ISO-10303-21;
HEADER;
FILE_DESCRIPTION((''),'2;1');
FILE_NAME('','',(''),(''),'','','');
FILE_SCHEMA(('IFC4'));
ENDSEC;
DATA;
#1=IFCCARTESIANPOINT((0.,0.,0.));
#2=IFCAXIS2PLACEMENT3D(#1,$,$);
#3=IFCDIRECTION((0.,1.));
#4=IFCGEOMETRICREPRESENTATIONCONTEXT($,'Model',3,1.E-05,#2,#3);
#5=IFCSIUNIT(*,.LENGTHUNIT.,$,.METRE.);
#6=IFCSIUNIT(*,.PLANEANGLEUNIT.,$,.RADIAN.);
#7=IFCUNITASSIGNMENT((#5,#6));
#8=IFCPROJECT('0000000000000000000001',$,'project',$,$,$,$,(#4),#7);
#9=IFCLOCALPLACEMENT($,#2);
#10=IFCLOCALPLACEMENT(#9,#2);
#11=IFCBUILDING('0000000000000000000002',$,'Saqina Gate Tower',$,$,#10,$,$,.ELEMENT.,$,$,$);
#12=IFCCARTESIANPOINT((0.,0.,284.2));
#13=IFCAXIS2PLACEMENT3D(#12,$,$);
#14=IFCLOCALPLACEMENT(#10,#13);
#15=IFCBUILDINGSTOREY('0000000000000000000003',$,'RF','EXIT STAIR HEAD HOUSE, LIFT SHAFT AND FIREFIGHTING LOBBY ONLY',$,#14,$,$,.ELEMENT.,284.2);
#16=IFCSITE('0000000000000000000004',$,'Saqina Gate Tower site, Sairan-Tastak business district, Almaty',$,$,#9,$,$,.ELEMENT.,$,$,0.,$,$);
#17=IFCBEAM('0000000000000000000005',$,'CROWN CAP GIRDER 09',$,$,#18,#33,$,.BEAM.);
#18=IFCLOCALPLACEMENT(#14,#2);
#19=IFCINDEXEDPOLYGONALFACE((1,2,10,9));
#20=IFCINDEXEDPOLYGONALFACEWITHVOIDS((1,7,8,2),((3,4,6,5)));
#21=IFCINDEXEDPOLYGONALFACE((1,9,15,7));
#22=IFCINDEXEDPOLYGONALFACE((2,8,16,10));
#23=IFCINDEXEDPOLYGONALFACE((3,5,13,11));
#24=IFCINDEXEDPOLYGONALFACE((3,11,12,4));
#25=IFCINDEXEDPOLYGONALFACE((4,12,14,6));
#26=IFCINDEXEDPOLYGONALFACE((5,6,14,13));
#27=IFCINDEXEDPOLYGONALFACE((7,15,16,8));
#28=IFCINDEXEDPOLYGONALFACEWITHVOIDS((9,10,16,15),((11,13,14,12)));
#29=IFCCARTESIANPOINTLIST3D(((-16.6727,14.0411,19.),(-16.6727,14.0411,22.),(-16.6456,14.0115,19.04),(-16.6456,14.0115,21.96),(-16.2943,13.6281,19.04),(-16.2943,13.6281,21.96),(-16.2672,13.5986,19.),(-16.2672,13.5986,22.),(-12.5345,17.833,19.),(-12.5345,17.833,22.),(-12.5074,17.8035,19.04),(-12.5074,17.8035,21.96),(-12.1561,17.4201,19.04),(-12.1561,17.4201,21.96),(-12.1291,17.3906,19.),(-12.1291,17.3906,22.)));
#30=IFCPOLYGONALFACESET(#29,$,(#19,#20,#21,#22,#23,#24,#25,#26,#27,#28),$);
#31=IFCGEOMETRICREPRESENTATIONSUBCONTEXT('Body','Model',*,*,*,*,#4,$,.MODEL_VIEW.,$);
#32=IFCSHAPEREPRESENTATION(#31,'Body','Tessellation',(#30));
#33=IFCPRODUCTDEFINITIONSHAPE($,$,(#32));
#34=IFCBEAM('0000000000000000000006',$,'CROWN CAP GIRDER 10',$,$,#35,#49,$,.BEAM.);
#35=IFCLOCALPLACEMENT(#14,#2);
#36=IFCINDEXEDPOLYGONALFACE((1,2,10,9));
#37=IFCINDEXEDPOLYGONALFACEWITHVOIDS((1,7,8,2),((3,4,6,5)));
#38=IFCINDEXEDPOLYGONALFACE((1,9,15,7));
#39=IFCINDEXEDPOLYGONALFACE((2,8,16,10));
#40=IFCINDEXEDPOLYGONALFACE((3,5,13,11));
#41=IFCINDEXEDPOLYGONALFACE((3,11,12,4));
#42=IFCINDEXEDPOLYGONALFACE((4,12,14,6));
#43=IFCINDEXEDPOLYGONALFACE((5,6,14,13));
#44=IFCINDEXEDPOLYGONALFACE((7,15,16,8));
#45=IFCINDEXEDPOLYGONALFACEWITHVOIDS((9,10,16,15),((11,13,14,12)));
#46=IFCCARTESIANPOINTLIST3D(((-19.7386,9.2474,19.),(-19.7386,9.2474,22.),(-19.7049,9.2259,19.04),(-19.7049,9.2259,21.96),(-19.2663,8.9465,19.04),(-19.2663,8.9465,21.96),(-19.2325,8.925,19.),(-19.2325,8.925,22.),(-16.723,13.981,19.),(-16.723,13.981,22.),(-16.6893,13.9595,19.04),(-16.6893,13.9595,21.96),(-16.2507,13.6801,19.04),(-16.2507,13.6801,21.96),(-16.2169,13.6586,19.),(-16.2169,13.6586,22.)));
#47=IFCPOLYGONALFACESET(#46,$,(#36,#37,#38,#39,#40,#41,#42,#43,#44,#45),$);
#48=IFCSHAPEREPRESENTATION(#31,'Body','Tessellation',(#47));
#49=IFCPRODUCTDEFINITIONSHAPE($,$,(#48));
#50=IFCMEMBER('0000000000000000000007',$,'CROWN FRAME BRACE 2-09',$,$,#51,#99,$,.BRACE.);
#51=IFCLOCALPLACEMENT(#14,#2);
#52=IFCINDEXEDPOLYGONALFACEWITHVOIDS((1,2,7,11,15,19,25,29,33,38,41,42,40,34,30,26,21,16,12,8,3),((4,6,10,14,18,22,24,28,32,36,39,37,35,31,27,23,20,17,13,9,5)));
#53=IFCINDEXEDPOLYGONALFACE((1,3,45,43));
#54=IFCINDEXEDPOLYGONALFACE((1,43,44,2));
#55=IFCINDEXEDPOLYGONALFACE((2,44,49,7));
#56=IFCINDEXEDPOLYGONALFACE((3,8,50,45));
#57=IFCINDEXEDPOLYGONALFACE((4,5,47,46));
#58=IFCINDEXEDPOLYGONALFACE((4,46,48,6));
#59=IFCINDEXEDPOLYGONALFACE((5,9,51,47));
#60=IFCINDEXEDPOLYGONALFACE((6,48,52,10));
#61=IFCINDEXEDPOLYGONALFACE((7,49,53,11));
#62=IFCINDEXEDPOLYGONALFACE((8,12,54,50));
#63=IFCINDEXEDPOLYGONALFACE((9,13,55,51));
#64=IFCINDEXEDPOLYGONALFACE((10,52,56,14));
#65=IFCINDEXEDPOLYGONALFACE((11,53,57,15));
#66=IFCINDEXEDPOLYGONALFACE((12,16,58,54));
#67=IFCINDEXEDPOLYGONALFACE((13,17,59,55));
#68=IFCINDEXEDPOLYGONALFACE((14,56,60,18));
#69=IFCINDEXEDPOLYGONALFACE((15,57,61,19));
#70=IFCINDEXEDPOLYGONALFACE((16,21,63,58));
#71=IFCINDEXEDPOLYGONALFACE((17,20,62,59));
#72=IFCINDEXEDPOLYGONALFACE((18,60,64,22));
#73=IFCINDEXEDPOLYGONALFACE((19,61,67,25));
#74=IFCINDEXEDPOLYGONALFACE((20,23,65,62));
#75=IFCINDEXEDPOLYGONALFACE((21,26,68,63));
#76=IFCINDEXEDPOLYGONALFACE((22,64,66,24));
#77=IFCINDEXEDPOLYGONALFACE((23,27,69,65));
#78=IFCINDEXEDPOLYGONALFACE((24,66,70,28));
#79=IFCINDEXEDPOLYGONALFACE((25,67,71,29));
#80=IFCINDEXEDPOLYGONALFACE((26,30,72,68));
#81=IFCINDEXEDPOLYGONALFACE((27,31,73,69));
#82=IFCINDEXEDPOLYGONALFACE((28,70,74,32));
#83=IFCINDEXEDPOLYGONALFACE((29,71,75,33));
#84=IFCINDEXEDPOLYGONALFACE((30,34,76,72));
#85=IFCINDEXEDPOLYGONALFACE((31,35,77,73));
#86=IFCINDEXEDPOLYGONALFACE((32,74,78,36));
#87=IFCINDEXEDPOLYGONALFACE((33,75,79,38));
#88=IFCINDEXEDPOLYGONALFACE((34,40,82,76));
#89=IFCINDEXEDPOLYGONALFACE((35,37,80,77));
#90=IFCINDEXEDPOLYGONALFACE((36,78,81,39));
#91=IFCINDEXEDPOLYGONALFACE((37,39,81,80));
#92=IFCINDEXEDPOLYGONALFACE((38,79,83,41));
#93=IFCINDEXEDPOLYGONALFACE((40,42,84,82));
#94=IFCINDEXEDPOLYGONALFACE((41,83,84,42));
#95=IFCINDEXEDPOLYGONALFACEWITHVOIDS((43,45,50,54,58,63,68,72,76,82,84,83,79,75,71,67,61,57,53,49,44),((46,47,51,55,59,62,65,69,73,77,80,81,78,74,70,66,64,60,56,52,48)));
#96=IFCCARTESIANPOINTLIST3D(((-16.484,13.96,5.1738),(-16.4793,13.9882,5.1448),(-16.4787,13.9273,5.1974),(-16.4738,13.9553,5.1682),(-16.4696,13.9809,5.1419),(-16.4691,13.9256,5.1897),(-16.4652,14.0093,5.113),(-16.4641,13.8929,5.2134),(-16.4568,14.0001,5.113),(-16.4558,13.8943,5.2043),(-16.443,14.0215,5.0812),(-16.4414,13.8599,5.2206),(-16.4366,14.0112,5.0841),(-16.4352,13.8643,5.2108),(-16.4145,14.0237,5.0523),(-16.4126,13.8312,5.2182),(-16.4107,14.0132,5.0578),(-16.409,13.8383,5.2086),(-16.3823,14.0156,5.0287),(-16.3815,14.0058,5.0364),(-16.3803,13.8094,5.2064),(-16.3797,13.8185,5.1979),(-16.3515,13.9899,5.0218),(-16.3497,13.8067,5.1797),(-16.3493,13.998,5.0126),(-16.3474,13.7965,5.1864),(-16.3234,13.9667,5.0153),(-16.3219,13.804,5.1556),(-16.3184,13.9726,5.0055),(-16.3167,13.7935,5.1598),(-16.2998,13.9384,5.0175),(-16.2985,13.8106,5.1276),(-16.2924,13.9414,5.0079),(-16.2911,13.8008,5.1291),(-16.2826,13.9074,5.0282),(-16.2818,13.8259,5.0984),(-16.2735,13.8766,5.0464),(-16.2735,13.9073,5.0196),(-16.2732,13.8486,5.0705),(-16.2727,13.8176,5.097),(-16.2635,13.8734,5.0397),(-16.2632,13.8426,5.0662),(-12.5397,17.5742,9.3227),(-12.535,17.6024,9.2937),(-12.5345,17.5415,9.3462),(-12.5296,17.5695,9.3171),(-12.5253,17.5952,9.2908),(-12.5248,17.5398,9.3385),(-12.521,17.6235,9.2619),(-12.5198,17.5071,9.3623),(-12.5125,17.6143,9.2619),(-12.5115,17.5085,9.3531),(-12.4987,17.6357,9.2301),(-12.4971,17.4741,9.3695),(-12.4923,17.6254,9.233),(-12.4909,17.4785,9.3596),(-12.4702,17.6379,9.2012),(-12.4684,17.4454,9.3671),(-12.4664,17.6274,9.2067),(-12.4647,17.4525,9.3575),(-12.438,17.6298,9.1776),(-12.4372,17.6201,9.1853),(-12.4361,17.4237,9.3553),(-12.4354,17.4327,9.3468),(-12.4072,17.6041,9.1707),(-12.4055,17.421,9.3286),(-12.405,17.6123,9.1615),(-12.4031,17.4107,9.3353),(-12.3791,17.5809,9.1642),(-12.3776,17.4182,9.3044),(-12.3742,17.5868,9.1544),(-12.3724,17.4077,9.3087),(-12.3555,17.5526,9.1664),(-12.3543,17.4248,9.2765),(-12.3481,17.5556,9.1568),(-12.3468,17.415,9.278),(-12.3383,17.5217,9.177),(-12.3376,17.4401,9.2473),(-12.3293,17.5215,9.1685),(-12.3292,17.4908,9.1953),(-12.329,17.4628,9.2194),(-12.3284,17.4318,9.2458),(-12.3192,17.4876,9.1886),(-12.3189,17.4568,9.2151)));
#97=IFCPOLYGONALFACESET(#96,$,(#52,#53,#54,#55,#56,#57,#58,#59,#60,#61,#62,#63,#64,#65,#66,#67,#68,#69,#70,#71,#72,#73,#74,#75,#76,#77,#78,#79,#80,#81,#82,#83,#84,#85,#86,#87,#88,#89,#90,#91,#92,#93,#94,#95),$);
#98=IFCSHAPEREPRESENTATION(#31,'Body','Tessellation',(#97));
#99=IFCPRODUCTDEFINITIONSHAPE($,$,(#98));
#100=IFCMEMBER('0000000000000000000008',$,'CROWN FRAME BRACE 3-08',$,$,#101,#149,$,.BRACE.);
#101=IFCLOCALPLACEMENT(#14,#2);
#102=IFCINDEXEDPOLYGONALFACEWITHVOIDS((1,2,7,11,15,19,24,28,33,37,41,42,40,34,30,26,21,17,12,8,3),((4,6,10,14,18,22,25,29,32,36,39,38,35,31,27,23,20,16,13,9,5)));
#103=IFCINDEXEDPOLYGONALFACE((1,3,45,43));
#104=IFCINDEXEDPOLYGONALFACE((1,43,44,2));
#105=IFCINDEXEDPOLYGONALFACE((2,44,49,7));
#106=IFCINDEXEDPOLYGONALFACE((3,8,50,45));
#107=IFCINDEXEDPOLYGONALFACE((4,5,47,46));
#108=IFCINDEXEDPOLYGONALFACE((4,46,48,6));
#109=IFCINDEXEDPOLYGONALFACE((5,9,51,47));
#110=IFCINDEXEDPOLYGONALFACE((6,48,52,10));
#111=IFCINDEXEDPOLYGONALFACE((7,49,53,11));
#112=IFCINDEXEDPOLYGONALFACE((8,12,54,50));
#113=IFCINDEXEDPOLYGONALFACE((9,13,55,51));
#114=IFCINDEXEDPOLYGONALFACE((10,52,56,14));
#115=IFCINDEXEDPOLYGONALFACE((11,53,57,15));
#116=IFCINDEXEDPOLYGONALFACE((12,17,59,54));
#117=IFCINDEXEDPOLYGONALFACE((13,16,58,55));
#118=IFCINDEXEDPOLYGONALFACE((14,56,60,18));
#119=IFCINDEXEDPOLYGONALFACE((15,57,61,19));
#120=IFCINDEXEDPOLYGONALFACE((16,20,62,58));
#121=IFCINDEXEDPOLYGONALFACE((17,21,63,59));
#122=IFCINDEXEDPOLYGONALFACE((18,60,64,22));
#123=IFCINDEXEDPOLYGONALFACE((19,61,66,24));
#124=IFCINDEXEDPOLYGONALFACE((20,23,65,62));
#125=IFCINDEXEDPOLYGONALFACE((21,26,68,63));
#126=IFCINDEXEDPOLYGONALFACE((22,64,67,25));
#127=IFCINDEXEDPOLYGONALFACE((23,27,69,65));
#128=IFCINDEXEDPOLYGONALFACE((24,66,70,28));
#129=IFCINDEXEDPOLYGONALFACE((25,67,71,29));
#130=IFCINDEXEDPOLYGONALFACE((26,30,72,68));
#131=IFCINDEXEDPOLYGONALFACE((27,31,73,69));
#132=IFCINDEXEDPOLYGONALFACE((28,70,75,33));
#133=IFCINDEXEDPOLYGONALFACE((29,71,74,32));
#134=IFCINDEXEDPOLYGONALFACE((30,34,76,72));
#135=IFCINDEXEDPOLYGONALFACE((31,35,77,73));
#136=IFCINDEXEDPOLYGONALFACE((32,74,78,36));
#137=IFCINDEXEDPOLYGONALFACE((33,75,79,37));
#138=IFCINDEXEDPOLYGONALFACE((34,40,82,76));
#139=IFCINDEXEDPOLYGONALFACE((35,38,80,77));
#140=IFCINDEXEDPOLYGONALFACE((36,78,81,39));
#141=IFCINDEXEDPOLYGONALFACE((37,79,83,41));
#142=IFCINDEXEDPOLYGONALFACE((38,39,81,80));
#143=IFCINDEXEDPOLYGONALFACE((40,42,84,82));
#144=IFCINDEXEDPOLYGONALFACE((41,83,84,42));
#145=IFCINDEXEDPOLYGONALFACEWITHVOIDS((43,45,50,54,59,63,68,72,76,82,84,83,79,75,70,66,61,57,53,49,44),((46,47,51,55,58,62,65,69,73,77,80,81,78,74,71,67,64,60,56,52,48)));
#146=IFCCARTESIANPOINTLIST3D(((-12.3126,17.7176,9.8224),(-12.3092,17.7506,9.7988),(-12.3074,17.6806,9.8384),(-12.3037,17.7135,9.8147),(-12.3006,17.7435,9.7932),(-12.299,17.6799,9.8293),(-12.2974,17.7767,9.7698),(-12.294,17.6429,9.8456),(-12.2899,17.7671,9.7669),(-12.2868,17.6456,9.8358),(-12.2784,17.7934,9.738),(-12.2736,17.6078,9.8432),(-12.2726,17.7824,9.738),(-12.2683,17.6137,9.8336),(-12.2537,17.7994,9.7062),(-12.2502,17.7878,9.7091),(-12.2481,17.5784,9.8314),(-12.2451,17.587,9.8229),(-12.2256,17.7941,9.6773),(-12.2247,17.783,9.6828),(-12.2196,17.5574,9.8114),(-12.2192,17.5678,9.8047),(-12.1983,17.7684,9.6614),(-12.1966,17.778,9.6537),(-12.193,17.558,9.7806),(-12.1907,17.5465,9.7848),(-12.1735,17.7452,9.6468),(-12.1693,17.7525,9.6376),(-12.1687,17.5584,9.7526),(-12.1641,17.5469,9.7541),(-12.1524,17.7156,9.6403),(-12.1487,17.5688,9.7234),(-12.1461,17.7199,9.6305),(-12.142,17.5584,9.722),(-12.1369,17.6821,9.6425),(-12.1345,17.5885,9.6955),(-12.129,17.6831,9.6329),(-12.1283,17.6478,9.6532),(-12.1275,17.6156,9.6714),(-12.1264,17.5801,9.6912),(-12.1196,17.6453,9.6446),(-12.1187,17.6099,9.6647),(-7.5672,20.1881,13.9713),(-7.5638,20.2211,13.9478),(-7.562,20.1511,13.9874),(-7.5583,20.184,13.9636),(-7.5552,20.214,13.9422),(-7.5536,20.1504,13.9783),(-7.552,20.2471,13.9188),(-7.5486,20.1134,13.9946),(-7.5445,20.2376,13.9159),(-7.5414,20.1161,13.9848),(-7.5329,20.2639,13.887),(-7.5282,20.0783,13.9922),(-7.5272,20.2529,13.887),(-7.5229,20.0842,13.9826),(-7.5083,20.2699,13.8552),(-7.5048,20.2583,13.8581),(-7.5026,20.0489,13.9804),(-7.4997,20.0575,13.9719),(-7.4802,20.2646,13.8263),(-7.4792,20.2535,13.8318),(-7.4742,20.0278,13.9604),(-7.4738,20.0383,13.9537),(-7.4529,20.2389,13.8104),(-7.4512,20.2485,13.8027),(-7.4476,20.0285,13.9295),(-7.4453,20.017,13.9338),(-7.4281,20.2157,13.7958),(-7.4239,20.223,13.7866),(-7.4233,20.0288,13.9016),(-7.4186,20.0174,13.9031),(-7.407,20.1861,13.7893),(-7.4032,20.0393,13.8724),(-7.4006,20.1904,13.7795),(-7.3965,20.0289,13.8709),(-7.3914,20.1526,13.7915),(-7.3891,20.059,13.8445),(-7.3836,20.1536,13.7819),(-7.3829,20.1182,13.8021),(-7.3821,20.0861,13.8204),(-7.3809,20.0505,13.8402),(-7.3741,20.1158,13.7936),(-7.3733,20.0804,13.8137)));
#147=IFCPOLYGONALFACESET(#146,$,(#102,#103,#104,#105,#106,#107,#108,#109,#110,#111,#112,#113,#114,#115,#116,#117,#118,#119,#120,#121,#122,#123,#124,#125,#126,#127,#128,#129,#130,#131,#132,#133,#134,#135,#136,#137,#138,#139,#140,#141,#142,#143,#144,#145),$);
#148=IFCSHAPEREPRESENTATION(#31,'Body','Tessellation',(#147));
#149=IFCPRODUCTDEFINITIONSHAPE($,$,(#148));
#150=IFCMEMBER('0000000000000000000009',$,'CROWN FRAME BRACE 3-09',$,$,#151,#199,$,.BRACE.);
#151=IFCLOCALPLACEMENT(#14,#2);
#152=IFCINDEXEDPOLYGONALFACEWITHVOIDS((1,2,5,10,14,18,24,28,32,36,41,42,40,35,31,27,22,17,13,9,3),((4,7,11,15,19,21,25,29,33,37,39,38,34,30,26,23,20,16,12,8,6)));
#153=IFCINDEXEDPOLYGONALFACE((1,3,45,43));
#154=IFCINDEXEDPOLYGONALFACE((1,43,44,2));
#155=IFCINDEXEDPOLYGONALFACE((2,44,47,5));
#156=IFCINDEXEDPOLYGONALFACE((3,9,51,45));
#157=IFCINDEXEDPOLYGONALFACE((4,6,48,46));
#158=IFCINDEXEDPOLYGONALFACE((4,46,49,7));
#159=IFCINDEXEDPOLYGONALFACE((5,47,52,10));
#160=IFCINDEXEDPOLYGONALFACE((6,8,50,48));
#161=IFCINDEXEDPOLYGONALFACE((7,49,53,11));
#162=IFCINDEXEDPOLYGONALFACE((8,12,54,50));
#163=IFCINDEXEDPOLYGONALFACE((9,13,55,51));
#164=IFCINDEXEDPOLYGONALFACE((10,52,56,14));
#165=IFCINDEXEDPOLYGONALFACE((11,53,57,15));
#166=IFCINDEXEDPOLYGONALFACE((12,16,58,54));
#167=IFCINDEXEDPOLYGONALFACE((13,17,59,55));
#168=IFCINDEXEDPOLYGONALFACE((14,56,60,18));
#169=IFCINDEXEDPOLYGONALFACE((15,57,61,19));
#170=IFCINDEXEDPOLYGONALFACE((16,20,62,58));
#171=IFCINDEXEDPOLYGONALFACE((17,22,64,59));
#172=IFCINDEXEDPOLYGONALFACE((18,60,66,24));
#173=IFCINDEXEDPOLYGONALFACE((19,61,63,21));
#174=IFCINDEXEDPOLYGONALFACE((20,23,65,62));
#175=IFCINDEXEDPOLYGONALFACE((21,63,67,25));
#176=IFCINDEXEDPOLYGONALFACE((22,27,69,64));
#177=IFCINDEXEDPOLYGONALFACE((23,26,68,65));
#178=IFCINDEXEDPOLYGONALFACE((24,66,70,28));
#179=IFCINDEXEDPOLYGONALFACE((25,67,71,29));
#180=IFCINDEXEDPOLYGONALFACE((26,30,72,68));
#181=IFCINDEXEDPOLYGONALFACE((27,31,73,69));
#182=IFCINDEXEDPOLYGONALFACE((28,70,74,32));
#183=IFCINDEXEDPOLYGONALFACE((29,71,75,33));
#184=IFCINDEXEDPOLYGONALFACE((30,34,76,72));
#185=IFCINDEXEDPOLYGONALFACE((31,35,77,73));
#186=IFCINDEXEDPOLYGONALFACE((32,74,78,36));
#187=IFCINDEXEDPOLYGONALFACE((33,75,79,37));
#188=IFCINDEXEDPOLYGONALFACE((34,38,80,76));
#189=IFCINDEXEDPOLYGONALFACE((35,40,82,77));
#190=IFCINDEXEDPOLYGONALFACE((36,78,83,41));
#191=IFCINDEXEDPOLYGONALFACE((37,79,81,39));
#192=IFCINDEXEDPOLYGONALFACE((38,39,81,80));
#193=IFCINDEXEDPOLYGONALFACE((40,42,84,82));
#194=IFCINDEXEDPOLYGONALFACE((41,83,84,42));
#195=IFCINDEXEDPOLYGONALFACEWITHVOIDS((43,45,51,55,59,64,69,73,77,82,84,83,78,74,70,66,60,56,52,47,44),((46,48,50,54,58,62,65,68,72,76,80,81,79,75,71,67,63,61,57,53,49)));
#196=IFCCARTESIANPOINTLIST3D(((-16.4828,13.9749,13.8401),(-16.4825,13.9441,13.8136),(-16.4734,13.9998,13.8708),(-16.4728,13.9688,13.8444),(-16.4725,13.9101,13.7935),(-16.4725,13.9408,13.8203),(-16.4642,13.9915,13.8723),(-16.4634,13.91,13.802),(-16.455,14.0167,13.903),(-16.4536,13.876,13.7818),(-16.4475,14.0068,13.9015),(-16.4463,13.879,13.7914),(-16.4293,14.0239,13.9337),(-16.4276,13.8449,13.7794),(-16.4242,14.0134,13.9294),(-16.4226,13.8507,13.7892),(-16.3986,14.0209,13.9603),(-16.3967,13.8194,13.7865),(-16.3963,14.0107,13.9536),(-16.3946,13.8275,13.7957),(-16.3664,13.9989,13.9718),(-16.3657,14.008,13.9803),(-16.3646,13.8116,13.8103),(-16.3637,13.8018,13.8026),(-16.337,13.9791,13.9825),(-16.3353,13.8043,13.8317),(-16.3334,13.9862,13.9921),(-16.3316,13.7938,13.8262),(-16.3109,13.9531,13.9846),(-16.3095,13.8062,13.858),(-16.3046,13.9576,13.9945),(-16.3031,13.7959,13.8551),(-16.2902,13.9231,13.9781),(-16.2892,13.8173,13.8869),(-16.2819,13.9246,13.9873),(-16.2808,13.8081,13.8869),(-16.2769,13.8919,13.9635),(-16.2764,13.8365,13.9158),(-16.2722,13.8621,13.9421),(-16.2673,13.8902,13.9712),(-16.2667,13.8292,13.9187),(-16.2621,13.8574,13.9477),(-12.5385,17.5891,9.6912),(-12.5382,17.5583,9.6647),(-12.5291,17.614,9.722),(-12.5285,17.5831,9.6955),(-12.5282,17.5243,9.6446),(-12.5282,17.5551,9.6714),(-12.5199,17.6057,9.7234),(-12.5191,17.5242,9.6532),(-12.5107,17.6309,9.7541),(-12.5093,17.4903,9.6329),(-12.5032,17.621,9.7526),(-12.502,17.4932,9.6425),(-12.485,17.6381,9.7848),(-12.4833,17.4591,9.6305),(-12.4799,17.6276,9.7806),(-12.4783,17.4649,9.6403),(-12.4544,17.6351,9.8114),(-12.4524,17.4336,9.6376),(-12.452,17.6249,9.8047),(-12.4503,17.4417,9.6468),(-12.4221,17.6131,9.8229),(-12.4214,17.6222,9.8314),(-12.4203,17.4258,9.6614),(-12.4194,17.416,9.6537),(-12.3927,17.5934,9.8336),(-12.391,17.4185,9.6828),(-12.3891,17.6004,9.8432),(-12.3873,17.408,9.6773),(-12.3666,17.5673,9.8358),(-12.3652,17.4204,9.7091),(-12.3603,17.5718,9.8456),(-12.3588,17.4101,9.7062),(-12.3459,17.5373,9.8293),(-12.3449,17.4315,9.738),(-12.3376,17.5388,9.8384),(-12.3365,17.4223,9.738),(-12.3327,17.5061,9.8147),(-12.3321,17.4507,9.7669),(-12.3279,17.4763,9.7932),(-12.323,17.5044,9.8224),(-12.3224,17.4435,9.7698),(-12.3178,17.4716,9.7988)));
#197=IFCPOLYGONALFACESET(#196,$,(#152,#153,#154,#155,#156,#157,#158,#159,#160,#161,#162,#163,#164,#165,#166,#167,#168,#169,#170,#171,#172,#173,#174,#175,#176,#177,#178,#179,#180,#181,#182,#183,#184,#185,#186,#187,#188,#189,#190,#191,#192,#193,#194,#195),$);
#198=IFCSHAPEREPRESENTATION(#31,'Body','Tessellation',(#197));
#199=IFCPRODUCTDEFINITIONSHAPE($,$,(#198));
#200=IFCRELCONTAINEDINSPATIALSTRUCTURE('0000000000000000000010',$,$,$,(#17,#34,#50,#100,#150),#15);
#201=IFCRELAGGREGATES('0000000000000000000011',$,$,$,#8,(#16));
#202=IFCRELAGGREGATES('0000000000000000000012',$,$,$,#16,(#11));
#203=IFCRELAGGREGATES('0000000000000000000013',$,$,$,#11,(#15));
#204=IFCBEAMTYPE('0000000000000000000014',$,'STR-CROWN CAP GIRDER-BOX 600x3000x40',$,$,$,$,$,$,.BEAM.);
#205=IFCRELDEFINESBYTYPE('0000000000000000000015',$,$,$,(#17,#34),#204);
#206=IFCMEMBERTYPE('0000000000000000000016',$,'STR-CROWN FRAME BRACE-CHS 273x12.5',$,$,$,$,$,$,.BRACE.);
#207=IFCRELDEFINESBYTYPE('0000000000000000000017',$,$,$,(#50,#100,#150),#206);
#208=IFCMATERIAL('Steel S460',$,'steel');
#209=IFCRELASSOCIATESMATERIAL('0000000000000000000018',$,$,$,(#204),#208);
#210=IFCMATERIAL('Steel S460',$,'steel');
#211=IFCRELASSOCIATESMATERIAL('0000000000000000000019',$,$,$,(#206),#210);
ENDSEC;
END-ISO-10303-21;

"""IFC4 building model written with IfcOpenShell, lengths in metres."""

from ifc_helpers import new_model, si_unit, direction, frame, origin, origin_2d, place, context, subcontext, project, spatial, hollow_rectangle, hollow_circle, extrude, material, material_profile, profile_set, type_object, element, save


model = new_model("IFC4")

# Units and contexts
model_context = context("Model", 3, precision=1e-05, world=origin(), true_north=direction((0.0, 1.0)))
body_context = subcontext(model_context, "Body", "Model", "MODEL_VIEW")
ifc_project = project(units=[si_unit("LENGTHUNIT", "METRE"), si_unit("PLANEANGLEUNIT", "RADIAN")], contexts=[model_context])

# Site, building, storey
site_placement = place(None, origin())
site = spatial("IfcSite", under=ifc_project, at=site_placement, Name="Saqina Gate Tower site, Sairan-Tastak business district, Almaty", CompositionType="ELEMENT", RefElevation=0.0)
building_placement = place(site_placement, origin())
building = spatial("IfcBuilding", under=site, at=building_placement, Name="Saqina Gate Tower", CompositionType="ELEMENT")
storey_placement = place(building_placement, frame((0.0, 0.0, 284.2)))
storey = spatial("IfcBuildingStorey", under=building, at=storey_placement, Name="RF", Description="EXIT STAIR HEAD HOUSE, LIFT SHAFT AND FIREFIGHTING LOBBY ONLY", CompositionType="ELEMENT", Elevation=284.2)

# Beams
ifc_material_1 = material(Name="Steel S460", Category="steel")
ifc_material_profile_1 = material_profile(ifc_material_1, hollow_rectangle(XDim=0.6001, YDim=3.0, WallThickness=0.04, at=origin_2d()), Name="BOX 600x3000x40")
ifc_profile_set_1 = profile_set([ifc_material_profile_1], Name="Steel S460")
beam_type_1 = type_object("IfcBeamType", Name="STR-CROWN CAP GIRDER-BOX 600x3000x40", PredefinedType="BEAM", material=ifc_profile_set_1)
beam_1_placement = place(storey_placement, frame((-12.3318, 17.6118, 20.5), z_axis=(-0.737273, -0.675595, 0.0), x_axis=(0.675595, -0.737273, 0.0)))
element("IfcBeam", 1, at=beam_1_placement, inside=storey, type_object=beam_type_1, Name="CROWN CAP GIRDER 09", PredefinedType="BEAM", context=body_context, shape_type="SweptSolid", body=[
    extrude(hollow_rectangle(XDim=0.6001, YDim=3.0, WallThickness=0.04, at=origin_2d()), origin(), (0.0, 0.0, 1.0), 5.6128),
])
beam_2_placement = place(storey_placement, frame((-16.47, 13.8198, 20.5), z_axis=(-0.537295, -0.843395, 0.0), x_axis=(0.843395, -0.537295, 0.0)))
element("IfcBeam", 2, at=beam_2_placement, inside=storey, type_object=beam_type_1, Name="CROWN CAP GIRDER 10", PredefinedType="BEAM", context=body_context, shape_type="SweptSolid", body=[
    extrude(hollow_rectangle(XDim=0.6001, YDim=3.0, WallThickness=0.04, at=origin_2d()), origin(), (0.0, 0.0, 1.0), 5.6125),
])

# Members
ifc_material_2 = material(Name="Steel S460", Category="steel")
ifc_material_profile_2 = material_profile(ifc_material_2, hollow_circle(Radius=0.1365, WallThickness=0.0125, at=origin_2d()), Name="CHS 273x12.5")
ifc_profile_set_2 = profile_set([ifc_material_profile_2], Name="Steel S460")
member_type = type_object("IfcMemberType", Name="STR-CROWN FRAME BRACE-CHS 273x12.5", PredefinedType="BRACE", material=ifc_profile_set_2)
member_1_placement = place(storey_placement, frame((-16.373, 13.9087, 5.113), z_axis=(0.582611, 0.533856, 0.612831), x_axis=(-0.675584, 0.737283, 0.0)))
element("IfcMember", 3, at=member_1_placement, inside=storey, type_object=member_type, Name="CROWN FRAME BRACE 2-09", PredefinedType="BRACE", context=body_context, shape_type="SweptSolid", body=[
    extrude(hollow_circle(Radius=0.1365, WallThickness=0.0125, at=origin_2d()), origin(), (0.0, 0.0, 1.0), 6.77),
])
member_2_placement = place(storey_placement, frame((-12.2153, 17.6724, 9.738), z_axis=(0.700922, 0.364904, 0.612824), x_axis=(-0.461775, 0.886997, 0.0)))
element("IfcMember", 4, at=member_2_placement, inside=storey, type_object=member_type, Name="CROWN FRAME BRACE 3-08", PredefinedType="BRACE", context=body_context, shape_type="SweptSolid", body=[
    extrude(hollow_circle(Radius=0.1365, WallThickness=0.0125, at=origin_2d()), origin(), (0.0, 0.0, 1.0), 6.7703),
])
for number, where, z_axis, x_axis, name in (
    (5, (-12.4287, 17.5229, 9.738), (-0.582611, -0.533856, 0.612831), (0.675584, -0.737283, 0.0), "CROWN FRAME BRACE 3-09"),
):
    element("IfcMember", number, at=place(storey_placement, frame(where, z_axis=z_axis, x_axis=x_axis)), inside=storey, type_object=member_type, Name=name, PredefinedType="BRACE", context=body_context, shape_type="SweptSolid", body=[
        extrude(hollow_circle(Radius=0.1365, WallThickness=0.0125, at=origin_2d()), origin(), (0.0, 0.0, 1.0), 6.77),
    ])

save(model, "model.ifc")
